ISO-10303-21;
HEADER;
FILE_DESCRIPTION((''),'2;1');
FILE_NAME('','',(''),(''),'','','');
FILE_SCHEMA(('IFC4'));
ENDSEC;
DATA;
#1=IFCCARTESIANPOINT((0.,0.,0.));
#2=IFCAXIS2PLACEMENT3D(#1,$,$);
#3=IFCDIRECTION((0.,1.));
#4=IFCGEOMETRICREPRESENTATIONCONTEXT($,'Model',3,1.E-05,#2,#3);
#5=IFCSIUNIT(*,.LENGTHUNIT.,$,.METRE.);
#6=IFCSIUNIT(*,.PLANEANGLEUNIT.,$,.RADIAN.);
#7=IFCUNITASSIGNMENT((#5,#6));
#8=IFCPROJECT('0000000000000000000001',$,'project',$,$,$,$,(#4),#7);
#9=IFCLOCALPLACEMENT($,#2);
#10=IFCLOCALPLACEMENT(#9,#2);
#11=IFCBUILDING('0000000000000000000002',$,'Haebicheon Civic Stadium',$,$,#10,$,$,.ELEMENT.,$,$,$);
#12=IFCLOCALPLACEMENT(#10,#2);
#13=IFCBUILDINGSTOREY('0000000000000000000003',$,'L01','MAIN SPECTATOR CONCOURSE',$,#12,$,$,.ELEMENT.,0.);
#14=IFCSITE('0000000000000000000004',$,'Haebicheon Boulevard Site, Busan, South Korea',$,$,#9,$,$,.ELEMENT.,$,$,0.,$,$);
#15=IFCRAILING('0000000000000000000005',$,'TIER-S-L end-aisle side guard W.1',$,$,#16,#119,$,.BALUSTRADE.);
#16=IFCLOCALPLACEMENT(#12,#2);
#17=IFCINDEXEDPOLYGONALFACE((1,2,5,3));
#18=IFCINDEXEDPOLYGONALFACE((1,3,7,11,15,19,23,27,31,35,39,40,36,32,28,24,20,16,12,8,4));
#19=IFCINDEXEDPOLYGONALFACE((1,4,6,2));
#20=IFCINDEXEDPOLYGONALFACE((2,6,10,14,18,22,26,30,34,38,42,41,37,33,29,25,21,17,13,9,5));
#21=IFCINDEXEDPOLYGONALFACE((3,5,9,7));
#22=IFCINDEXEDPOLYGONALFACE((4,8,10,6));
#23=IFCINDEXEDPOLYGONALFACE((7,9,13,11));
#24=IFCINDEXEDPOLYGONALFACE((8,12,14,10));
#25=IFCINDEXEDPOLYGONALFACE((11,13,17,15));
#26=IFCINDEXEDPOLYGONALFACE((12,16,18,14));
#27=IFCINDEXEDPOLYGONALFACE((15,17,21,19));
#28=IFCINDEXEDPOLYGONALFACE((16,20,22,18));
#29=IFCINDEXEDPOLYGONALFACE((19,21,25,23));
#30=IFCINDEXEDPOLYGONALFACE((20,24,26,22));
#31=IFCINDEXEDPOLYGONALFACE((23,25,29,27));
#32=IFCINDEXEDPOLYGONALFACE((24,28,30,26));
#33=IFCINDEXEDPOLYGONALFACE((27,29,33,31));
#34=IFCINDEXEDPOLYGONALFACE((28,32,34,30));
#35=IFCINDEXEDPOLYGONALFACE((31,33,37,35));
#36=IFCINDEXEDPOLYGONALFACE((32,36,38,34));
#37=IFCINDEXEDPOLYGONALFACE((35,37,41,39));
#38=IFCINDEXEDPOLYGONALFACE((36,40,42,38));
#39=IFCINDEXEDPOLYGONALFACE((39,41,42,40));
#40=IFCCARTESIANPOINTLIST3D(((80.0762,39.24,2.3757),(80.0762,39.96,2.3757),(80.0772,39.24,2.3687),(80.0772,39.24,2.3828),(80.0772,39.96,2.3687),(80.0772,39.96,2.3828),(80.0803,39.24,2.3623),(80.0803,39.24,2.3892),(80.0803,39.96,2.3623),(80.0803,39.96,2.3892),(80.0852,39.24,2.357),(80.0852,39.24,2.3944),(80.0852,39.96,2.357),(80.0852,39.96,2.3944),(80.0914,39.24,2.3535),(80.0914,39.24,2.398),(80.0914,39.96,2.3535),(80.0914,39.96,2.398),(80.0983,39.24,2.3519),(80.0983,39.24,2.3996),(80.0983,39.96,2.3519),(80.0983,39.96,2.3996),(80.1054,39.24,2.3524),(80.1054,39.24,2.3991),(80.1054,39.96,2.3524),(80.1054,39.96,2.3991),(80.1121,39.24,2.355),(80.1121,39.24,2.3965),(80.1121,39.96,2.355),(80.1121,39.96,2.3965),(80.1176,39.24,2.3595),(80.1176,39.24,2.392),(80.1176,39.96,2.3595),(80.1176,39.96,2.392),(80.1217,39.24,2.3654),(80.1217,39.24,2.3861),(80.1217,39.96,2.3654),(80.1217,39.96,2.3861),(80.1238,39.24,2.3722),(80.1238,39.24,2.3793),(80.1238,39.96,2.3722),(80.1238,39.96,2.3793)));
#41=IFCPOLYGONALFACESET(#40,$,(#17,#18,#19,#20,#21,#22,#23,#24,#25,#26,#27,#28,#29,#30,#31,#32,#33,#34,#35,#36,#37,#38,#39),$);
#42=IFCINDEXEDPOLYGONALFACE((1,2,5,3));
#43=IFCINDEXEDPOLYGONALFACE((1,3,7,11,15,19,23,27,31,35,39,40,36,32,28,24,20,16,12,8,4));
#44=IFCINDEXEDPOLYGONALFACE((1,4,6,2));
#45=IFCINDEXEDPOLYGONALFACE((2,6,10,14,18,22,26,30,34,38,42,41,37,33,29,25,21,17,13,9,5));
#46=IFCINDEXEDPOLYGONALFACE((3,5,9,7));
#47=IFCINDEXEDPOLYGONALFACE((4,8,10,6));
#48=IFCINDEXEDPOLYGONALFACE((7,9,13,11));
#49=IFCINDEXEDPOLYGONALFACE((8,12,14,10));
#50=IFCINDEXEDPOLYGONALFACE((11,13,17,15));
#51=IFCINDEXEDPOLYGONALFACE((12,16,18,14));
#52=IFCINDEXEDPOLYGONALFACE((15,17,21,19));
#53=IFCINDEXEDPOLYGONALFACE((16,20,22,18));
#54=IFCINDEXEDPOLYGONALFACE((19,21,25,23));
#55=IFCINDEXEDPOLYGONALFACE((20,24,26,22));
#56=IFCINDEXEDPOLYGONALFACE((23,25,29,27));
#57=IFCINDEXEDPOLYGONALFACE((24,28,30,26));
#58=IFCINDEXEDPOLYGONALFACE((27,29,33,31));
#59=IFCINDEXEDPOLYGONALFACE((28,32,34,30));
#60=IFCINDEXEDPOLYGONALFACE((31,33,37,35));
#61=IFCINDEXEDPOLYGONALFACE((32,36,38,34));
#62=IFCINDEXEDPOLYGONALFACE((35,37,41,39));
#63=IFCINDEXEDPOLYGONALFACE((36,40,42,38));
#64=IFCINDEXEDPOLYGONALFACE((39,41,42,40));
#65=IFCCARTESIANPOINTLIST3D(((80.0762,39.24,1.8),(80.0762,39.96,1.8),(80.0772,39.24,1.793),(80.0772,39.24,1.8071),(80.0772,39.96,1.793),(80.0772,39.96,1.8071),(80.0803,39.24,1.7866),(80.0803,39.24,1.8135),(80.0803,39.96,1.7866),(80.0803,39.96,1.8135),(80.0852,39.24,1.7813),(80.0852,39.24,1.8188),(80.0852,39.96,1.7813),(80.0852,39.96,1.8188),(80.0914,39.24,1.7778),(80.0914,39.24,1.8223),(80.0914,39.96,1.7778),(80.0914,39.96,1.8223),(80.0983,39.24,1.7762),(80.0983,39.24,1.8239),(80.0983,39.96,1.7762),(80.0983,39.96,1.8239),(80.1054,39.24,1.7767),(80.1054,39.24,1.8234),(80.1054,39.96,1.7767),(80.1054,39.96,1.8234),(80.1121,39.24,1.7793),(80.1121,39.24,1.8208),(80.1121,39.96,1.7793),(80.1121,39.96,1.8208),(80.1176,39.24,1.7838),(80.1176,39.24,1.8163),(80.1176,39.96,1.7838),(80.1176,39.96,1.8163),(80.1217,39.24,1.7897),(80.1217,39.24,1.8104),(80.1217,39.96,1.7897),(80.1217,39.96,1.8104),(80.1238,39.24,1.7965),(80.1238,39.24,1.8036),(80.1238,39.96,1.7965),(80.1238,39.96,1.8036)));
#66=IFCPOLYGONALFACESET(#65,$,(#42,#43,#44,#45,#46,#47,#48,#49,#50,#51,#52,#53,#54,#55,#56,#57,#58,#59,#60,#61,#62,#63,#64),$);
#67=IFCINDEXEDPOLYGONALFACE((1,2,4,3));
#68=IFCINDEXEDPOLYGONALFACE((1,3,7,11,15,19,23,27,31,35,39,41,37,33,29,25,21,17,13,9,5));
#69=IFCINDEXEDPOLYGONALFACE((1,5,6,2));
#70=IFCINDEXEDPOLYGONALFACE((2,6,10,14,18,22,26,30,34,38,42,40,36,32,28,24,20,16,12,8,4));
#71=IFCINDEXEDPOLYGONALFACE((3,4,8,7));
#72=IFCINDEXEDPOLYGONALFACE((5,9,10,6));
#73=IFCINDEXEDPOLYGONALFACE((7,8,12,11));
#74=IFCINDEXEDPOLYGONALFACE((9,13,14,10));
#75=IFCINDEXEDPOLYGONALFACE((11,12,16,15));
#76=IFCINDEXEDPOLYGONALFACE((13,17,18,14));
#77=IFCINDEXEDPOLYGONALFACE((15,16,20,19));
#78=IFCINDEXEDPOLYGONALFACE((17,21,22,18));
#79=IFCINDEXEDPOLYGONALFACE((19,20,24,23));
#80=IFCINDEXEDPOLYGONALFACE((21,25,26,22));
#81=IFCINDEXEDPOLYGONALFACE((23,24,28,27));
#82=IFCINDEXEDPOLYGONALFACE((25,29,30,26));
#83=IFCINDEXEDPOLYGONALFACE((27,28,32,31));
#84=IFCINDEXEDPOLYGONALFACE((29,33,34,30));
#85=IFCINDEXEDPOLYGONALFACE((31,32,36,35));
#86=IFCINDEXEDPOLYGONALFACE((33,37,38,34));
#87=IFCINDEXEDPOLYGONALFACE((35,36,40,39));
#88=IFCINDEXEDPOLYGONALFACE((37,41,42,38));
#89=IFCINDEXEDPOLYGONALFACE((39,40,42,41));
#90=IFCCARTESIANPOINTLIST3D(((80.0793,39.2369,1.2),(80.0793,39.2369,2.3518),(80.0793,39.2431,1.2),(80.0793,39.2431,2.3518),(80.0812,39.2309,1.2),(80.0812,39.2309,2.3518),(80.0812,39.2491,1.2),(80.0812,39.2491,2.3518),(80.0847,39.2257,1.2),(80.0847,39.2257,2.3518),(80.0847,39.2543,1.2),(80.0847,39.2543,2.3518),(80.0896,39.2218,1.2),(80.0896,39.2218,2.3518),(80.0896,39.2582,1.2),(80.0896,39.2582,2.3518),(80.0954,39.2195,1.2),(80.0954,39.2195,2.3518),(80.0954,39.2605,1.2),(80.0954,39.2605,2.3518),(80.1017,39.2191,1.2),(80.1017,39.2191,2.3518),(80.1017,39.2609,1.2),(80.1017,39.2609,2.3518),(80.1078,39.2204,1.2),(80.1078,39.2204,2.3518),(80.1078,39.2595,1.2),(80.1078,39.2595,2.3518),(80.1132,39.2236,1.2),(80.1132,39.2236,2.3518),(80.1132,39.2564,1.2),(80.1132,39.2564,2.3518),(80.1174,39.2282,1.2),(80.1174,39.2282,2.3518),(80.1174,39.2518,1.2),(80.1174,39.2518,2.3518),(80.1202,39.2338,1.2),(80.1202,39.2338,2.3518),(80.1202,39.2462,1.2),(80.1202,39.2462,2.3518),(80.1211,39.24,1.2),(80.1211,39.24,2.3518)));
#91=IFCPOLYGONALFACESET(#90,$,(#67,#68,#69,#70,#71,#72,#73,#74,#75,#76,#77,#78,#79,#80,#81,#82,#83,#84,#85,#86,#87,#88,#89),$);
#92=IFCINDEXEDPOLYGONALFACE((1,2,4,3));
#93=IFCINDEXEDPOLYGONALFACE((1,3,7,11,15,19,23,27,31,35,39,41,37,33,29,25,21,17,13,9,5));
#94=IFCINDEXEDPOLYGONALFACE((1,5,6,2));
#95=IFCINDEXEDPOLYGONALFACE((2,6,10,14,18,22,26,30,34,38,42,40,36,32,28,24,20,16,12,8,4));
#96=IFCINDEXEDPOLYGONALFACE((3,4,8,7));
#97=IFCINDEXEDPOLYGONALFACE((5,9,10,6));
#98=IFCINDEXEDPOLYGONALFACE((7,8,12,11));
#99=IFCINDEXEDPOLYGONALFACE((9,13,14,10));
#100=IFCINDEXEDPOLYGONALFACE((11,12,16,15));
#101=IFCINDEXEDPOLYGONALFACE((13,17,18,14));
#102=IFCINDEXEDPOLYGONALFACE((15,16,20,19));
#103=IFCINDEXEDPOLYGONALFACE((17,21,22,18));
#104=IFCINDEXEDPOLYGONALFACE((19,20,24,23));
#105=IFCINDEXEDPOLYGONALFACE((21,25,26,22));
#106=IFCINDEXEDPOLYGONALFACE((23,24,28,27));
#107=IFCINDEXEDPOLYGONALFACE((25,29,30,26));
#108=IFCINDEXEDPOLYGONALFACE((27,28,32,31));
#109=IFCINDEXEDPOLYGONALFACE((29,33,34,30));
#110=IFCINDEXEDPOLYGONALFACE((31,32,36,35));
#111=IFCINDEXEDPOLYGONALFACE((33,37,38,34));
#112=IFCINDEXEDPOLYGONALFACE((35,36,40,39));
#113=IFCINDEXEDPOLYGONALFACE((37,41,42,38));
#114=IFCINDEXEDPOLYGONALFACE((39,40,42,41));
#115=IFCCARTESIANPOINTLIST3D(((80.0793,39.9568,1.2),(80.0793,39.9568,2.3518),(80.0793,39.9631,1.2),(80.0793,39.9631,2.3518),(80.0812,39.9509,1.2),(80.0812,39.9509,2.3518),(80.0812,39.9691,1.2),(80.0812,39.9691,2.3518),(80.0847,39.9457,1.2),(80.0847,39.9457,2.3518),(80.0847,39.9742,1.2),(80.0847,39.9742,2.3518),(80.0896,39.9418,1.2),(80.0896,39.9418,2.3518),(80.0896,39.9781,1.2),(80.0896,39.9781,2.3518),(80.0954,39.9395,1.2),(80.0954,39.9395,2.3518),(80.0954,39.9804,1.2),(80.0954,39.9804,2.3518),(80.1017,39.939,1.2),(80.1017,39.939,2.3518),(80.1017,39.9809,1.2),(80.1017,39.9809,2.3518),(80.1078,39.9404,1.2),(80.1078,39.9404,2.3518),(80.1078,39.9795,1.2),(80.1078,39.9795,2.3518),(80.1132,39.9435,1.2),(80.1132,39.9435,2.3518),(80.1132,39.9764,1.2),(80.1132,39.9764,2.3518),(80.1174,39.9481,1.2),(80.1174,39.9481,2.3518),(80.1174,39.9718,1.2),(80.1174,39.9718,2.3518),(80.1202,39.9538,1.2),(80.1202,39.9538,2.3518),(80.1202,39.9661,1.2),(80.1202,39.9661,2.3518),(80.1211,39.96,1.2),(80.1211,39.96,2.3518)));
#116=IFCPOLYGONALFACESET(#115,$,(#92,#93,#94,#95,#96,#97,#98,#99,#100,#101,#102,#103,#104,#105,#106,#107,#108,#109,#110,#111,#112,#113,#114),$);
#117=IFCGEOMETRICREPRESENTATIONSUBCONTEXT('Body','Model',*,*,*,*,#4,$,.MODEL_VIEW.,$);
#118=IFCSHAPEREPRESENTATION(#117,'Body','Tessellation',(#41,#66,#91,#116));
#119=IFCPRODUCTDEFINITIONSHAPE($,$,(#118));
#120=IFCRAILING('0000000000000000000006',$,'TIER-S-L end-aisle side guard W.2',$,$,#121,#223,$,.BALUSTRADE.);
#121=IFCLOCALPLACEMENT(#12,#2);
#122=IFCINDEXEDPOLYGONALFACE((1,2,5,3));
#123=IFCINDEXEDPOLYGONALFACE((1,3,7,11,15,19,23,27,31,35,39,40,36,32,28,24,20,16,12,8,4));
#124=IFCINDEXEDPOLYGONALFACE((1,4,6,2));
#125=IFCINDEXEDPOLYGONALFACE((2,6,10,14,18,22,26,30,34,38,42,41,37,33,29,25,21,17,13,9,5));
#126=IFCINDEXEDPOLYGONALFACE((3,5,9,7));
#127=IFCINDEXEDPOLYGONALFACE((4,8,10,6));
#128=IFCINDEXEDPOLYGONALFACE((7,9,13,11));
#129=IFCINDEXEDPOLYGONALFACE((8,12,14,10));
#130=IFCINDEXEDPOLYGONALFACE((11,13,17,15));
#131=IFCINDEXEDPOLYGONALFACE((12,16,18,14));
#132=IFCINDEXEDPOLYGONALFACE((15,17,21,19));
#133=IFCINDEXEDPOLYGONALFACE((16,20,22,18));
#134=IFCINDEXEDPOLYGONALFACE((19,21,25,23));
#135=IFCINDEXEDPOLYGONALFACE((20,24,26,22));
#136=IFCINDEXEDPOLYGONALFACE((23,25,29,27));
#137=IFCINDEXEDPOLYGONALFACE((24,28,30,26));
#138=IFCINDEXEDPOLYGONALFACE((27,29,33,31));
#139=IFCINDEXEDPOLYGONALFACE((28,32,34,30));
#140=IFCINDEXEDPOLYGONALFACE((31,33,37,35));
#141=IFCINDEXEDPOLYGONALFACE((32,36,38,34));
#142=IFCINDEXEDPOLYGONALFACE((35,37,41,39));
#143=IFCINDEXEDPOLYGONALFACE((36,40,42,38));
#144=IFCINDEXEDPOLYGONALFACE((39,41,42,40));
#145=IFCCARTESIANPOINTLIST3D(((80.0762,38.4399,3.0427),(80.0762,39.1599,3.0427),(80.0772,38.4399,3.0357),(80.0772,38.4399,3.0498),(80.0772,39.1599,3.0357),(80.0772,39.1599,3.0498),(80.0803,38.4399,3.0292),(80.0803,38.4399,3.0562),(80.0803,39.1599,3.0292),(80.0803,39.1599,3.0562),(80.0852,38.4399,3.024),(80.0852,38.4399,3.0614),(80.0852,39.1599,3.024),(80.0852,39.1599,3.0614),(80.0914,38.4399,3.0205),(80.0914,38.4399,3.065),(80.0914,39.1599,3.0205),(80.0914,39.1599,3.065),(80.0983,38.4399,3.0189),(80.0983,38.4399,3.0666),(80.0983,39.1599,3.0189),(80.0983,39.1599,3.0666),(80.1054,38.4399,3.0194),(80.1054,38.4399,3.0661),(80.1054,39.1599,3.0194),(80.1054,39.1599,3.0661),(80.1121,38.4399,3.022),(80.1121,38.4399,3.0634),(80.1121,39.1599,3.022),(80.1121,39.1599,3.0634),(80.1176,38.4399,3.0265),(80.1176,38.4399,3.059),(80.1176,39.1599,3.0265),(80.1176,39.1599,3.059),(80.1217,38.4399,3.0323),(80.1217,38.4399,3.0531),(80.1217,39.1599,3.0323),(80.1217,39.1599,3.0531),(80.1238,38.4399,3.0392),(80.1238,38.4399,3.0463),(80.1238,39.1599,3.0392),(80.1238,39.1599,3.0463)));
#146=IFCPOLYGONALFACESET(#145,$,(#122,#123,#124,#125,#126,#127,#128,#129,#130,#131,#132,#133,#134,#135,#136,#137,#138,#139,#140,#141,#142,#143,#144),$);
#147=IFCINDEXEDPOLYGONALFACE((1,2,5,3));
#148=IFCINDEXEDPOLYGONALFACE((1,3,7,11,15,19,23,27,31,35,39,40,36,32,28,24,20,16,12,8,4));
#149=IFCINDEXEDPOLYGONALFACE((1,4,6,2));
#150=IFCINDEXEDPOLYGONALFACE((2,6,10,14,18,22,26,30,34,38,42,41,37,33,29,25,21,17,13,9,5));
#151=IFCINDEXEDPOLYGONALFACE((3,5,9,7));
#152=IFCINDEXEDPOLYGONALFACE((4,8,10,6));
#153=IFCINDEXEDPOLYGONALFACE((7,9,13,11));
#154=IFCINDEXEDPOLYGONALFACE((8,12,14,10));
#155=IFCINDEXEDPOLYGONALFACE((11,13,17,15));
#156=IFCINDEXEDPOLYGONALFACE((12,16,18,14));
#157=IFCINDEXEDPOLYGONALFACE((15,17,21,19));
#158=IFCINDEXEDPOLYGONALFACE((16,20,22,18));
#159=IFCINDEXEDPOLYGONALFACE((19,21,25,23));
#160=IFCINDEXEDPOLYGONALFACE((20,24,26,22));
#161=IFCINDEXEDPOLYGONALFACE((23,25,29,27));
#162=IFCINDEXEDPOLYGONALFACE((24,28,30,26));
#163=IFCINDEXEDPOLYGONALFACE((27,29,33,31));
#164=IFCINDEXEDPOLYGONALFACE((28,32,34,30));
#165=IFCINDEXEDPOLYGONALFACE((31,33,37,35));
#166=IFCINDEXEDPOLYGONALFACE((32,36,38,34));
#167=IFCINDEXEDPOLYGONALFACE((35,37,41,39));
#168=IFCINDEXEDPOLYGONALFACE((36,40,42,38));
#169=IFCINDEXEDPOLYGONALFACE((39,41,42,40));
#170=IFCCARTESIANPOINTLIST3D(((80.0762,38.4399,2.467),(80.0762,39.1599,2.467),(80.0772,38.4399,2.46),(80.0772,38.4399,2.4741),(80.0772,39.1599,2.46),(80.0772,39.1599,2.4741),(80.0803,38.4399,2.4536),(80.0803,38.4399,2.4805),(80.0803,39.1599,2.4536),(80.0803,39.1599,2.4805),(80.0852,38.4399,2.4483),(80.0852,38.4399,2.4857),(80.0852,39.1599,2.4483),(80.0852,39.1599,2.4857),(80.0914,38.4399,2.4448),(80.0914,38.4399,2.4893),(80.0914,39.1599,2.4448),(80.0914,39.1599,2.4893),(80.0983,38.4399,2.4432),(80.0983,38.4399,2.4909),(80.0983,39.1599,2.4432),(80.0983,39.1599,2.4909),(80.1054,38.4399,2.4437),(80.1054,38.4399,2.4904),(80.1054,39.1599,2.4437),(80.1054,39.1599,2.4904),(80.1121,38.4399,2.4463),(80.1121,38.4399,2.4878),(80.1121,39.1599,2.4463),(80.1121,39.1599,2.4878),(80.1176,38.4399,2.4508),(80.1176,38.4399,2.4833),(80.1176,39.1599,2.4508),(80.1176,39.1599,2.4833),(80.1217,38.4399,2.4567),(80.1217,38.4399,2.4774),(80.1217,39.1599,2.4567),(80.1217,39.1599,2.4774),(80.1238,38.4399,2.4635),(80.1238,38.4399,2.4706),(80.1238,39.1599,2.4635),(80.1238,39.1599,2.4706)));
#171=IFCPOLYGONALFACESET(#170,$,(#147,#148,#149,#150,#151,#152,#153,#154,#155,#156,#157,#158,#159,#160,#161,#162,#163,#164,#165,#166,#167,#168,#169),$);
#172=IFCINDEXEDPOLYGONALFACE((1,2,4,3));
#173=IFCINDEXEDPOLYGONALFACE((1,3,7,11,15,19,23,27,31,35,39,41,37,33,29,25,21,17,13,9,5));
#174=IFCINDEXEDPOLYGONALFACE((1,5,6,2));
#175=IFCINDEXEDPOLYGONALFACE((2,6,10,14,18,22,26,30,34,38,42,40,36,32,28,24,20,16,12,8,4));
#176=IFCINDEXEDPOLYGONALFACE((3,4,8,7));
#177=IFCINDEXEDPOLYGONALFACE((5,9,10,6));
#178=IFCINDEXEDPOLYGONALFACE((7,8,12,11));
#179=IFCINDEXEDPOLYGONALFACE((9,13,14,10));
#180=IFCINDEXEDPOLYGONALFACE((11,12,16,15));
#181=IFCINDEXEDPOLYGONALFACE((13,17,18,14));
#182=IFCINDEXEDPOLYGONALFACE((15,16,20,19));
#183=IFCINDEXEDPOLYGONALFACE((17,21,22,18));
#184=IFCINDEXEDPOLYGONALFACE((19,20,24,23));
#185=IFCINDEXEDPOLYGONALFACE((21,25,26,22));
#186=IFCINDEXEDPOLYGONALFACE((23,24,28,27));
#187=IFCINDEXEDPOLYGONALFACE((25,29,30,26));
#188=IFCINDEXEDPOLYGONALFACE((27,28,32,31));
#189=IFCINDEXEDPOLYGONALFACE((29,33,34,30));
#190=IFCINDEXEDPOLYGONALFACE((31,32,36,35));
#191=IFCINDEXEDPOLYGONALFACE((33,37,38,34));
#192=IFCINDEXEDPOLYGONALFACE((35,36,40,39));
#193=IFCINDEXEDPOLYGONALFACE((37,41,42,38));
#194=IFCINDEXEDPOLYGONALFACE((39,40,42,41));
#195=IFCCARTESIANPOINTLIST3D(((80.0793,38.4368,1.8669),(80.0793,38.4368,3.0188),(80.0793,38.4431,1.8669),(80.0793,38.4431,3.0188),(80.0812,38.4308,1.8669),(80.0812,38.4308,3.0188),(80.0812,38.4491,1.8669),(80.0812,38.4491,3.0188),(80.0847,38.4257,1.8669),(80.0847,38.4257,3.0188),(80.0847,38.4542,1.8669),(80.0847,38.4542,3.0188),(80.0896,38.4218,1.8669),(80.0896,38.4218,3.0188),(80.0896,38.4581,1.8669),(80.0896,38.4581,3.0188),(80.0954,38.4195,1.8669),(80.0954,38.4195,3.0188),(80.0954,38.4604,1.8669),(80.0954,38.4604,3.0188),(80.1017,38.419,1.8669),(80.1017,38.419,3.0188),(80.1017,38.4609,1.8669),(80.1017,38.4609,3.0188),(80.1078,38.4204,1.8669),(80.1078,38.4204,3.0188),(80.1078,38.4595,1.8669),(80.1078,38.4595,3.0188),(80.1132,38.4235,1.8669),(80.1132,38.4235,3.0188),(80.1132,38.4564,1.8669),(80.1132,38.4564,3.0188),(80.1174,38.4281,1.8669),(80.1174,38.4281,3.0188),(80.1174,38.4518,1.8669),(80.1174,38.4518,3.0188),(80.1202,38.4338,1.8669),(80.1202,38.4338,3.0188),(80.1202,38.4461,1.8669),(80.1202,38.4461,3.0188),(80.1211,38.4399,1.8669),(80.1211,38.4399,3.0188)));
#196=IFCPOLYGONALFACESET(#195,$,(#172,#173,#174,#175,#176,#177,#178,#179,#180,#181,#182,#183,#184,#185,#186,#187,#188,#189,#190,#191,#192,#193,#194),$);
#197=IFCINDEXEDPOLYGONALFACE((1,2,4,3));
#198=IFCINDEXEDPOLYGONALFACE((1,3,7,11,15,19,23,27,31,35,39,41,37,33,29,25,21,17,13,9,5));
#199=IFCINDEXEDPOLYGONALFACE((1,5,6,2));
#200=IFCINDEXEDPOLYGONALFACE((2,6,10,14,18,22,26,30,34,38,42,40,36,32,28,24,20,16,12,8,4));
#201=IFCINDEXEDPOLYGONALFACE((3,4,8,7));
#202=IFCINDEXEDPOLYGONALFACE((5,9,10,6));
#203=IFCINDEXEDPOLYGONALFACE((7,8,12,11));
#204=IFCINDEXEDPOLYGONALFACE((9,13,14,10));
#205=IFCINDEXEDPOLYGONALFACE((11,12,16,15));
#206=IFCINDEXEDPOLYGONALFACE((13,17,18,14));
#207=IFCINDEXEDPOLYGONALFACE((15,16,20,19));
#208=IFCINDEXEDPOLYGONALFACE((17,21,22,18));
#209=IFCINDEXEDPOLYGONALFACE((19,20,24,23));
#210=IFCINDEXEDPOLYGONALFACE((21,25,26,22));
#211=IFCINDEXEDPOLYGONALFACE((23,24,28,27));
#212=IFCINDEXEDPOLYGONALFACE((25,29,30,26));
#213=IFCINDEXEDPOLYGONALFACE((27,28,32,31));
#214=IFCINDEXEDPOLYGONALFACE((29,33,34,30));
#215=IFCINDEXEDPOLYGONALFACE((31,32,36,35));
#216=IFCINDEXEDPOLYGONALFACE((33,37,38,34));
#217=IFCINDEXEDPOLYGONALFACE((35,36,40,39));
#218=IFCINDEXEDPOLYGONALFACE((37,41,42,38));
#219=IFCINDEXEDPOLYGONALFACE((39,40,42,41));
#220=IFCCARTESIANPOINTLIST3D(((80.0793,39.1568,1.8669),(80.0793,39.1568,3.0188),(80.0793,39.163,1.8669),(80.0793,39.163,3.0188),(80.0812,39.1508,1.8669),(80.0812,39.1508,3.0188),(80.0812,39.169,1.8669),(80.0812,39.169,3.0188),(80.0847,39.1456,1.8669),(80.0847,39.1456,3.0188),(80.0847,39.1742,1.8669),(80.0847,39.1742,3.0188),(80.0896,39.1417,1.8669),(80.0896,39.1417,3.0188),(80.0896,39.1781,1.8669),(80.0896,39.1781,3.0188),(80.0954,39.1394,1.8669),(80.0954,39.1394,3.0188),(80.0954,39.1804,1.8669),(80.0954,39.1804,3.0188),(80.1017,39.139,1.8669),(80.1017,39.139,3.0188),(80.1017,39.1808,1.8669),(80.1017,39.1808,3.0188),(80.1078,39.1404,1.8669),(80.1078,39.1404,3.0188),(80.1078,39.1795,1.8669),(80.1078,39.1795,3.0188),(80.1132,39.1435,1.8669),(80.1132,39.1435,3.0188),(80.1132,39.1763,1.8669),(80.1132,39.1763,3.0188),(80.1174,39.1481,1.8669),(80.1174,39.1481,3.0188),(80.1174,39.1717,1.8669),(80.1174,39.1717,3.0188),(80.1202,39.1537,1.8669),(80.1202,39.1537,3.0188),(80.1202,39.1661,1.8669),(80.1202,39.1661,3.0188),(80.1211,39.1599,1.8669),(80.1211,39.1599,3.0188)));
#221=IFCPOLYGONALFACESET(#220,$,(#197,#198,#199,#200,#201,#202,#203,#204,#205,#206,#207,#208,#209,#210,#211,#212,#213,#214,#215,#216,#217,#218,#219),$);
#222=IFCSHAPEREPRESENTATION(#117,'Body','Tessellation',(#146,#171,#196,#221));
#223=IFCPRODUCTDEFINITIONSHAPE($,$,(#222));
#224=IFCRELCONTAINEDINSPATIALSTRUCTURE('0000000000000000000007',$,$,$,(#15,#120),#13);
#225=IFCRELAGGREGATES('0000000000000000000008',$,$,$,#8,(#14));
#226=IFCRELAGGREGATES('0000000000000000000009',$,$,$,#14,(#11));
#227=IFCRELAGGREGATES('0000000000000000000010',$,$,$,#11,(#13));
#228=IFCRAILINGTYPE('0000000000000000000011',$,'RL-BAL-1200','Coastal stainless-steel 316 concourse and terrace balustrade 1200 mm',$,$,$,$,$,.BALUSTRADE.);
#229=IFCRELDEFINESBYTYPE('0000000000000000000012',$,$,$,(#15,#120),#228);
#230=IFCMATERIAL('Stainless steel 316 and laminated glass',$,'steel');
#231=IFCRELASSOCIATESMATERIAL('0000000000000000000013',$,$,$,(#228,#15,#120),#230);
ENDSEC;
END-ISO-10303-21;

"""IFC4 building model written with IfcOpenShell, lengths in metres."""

from ifc_helpers import new_model, si_unit, direction, frame, origin, origin_2d, place, context, subcontext, project, spatial, circle, extrude, material, type_object, element, save


model = new_model("IFC4")

# Units and contexts
model_context = context("Model", 3, precision=1e-05, world=origin(), true_north=direction((0.0, 1.0)))
body_context = subcontext(model_context, "Body", "Model", "MODEL_VIEW")
ifc_project = project(units=[si_unit("LENGTHUNIT", "METRE"), si_unit("PLANEANGLEUNIT", "RADIAN")], contexts=[model_context])

# Site, building, storey
site_placement = place(None, origin())
site = spatial("IfcSite", under=ifc_project, at=site_placement, Name="Haebicheon Boulevard Site, Busan, South Korea", CompositionType="ELEMENT", RefElevation=0.0)
building_placement = place(site_placement, origin())
building = spatial("IfcBuilding", under=site, at=building_placement, Name="Haebicheon Civic Stadium", CompositionType="ELEMENT")
storey_placement = place(building_placement, origin())
storey = spatial("IfcBuildingStorey", under=building, at=storey_placement, Name="L01", Description="MAIN SPECTATOR CONCOURSE", CompositionType="ELEMENT", Elevation=0.0)

# Railings
ifc_material_1 = material(Name="Stainless steel 316 and laminated glass", Category="steel")
railing_type_1 = type_object("IfcRailingType", Name="RL-BAL-1200", Description="Coastal stainless-steel 316 concourse and terrace balustrade 1200 mm", PredefinedType="BALUSTRADE", material=ifc_material_1)
for number, where, name in (
    (1, (80.1001, 39.24, 1.2), "TIER-S-L end-aisle side guard W.1"),
    (2, (80.1001, 38.4399, 1.8669), "TIER-S-L end-aisle side guard W.2"),
):
    element("IfcRailing", number, at=place(storey_placement, frame(where)), inside=storey, type_object=railing_type_1, material=ifc_material_1, Name=name, PredefinedType="BALUSTRADE", context=body_context, shape_type="SweptSolid", body=[
        extrude(circle(Radius=0.0239, at=origin_2d()), frame((0.0, 0.0, 1.1758), z_axis=(0.0, 1.0, 0.0), x_axis=(-1.0, 0.0, 0.0)), (0.0, 0.0, 1.0), 0.72),
        extrude(circle(Radius=0.0239, at=origin_2d()), frame((0.0, 0.0, 0.6001), z_axis=(0.0, 1.0, 0.0), x_axis=(-1.0, 0.0, 0.0)), (0.0, 0.0, 1.0), 0.72),
        extrude(circle(Radius=0.021, at=origin_2d()), origin(), (0.0, 0.0, 1.0), 1.1519),
        extrude(circle(Radius=0.021, at=origin_2d()), frame((0.0, 0.72, 0.0)), (0.0, 0.0, 1.0), 1.1519),
    ])

save(model, "model.ifc")
